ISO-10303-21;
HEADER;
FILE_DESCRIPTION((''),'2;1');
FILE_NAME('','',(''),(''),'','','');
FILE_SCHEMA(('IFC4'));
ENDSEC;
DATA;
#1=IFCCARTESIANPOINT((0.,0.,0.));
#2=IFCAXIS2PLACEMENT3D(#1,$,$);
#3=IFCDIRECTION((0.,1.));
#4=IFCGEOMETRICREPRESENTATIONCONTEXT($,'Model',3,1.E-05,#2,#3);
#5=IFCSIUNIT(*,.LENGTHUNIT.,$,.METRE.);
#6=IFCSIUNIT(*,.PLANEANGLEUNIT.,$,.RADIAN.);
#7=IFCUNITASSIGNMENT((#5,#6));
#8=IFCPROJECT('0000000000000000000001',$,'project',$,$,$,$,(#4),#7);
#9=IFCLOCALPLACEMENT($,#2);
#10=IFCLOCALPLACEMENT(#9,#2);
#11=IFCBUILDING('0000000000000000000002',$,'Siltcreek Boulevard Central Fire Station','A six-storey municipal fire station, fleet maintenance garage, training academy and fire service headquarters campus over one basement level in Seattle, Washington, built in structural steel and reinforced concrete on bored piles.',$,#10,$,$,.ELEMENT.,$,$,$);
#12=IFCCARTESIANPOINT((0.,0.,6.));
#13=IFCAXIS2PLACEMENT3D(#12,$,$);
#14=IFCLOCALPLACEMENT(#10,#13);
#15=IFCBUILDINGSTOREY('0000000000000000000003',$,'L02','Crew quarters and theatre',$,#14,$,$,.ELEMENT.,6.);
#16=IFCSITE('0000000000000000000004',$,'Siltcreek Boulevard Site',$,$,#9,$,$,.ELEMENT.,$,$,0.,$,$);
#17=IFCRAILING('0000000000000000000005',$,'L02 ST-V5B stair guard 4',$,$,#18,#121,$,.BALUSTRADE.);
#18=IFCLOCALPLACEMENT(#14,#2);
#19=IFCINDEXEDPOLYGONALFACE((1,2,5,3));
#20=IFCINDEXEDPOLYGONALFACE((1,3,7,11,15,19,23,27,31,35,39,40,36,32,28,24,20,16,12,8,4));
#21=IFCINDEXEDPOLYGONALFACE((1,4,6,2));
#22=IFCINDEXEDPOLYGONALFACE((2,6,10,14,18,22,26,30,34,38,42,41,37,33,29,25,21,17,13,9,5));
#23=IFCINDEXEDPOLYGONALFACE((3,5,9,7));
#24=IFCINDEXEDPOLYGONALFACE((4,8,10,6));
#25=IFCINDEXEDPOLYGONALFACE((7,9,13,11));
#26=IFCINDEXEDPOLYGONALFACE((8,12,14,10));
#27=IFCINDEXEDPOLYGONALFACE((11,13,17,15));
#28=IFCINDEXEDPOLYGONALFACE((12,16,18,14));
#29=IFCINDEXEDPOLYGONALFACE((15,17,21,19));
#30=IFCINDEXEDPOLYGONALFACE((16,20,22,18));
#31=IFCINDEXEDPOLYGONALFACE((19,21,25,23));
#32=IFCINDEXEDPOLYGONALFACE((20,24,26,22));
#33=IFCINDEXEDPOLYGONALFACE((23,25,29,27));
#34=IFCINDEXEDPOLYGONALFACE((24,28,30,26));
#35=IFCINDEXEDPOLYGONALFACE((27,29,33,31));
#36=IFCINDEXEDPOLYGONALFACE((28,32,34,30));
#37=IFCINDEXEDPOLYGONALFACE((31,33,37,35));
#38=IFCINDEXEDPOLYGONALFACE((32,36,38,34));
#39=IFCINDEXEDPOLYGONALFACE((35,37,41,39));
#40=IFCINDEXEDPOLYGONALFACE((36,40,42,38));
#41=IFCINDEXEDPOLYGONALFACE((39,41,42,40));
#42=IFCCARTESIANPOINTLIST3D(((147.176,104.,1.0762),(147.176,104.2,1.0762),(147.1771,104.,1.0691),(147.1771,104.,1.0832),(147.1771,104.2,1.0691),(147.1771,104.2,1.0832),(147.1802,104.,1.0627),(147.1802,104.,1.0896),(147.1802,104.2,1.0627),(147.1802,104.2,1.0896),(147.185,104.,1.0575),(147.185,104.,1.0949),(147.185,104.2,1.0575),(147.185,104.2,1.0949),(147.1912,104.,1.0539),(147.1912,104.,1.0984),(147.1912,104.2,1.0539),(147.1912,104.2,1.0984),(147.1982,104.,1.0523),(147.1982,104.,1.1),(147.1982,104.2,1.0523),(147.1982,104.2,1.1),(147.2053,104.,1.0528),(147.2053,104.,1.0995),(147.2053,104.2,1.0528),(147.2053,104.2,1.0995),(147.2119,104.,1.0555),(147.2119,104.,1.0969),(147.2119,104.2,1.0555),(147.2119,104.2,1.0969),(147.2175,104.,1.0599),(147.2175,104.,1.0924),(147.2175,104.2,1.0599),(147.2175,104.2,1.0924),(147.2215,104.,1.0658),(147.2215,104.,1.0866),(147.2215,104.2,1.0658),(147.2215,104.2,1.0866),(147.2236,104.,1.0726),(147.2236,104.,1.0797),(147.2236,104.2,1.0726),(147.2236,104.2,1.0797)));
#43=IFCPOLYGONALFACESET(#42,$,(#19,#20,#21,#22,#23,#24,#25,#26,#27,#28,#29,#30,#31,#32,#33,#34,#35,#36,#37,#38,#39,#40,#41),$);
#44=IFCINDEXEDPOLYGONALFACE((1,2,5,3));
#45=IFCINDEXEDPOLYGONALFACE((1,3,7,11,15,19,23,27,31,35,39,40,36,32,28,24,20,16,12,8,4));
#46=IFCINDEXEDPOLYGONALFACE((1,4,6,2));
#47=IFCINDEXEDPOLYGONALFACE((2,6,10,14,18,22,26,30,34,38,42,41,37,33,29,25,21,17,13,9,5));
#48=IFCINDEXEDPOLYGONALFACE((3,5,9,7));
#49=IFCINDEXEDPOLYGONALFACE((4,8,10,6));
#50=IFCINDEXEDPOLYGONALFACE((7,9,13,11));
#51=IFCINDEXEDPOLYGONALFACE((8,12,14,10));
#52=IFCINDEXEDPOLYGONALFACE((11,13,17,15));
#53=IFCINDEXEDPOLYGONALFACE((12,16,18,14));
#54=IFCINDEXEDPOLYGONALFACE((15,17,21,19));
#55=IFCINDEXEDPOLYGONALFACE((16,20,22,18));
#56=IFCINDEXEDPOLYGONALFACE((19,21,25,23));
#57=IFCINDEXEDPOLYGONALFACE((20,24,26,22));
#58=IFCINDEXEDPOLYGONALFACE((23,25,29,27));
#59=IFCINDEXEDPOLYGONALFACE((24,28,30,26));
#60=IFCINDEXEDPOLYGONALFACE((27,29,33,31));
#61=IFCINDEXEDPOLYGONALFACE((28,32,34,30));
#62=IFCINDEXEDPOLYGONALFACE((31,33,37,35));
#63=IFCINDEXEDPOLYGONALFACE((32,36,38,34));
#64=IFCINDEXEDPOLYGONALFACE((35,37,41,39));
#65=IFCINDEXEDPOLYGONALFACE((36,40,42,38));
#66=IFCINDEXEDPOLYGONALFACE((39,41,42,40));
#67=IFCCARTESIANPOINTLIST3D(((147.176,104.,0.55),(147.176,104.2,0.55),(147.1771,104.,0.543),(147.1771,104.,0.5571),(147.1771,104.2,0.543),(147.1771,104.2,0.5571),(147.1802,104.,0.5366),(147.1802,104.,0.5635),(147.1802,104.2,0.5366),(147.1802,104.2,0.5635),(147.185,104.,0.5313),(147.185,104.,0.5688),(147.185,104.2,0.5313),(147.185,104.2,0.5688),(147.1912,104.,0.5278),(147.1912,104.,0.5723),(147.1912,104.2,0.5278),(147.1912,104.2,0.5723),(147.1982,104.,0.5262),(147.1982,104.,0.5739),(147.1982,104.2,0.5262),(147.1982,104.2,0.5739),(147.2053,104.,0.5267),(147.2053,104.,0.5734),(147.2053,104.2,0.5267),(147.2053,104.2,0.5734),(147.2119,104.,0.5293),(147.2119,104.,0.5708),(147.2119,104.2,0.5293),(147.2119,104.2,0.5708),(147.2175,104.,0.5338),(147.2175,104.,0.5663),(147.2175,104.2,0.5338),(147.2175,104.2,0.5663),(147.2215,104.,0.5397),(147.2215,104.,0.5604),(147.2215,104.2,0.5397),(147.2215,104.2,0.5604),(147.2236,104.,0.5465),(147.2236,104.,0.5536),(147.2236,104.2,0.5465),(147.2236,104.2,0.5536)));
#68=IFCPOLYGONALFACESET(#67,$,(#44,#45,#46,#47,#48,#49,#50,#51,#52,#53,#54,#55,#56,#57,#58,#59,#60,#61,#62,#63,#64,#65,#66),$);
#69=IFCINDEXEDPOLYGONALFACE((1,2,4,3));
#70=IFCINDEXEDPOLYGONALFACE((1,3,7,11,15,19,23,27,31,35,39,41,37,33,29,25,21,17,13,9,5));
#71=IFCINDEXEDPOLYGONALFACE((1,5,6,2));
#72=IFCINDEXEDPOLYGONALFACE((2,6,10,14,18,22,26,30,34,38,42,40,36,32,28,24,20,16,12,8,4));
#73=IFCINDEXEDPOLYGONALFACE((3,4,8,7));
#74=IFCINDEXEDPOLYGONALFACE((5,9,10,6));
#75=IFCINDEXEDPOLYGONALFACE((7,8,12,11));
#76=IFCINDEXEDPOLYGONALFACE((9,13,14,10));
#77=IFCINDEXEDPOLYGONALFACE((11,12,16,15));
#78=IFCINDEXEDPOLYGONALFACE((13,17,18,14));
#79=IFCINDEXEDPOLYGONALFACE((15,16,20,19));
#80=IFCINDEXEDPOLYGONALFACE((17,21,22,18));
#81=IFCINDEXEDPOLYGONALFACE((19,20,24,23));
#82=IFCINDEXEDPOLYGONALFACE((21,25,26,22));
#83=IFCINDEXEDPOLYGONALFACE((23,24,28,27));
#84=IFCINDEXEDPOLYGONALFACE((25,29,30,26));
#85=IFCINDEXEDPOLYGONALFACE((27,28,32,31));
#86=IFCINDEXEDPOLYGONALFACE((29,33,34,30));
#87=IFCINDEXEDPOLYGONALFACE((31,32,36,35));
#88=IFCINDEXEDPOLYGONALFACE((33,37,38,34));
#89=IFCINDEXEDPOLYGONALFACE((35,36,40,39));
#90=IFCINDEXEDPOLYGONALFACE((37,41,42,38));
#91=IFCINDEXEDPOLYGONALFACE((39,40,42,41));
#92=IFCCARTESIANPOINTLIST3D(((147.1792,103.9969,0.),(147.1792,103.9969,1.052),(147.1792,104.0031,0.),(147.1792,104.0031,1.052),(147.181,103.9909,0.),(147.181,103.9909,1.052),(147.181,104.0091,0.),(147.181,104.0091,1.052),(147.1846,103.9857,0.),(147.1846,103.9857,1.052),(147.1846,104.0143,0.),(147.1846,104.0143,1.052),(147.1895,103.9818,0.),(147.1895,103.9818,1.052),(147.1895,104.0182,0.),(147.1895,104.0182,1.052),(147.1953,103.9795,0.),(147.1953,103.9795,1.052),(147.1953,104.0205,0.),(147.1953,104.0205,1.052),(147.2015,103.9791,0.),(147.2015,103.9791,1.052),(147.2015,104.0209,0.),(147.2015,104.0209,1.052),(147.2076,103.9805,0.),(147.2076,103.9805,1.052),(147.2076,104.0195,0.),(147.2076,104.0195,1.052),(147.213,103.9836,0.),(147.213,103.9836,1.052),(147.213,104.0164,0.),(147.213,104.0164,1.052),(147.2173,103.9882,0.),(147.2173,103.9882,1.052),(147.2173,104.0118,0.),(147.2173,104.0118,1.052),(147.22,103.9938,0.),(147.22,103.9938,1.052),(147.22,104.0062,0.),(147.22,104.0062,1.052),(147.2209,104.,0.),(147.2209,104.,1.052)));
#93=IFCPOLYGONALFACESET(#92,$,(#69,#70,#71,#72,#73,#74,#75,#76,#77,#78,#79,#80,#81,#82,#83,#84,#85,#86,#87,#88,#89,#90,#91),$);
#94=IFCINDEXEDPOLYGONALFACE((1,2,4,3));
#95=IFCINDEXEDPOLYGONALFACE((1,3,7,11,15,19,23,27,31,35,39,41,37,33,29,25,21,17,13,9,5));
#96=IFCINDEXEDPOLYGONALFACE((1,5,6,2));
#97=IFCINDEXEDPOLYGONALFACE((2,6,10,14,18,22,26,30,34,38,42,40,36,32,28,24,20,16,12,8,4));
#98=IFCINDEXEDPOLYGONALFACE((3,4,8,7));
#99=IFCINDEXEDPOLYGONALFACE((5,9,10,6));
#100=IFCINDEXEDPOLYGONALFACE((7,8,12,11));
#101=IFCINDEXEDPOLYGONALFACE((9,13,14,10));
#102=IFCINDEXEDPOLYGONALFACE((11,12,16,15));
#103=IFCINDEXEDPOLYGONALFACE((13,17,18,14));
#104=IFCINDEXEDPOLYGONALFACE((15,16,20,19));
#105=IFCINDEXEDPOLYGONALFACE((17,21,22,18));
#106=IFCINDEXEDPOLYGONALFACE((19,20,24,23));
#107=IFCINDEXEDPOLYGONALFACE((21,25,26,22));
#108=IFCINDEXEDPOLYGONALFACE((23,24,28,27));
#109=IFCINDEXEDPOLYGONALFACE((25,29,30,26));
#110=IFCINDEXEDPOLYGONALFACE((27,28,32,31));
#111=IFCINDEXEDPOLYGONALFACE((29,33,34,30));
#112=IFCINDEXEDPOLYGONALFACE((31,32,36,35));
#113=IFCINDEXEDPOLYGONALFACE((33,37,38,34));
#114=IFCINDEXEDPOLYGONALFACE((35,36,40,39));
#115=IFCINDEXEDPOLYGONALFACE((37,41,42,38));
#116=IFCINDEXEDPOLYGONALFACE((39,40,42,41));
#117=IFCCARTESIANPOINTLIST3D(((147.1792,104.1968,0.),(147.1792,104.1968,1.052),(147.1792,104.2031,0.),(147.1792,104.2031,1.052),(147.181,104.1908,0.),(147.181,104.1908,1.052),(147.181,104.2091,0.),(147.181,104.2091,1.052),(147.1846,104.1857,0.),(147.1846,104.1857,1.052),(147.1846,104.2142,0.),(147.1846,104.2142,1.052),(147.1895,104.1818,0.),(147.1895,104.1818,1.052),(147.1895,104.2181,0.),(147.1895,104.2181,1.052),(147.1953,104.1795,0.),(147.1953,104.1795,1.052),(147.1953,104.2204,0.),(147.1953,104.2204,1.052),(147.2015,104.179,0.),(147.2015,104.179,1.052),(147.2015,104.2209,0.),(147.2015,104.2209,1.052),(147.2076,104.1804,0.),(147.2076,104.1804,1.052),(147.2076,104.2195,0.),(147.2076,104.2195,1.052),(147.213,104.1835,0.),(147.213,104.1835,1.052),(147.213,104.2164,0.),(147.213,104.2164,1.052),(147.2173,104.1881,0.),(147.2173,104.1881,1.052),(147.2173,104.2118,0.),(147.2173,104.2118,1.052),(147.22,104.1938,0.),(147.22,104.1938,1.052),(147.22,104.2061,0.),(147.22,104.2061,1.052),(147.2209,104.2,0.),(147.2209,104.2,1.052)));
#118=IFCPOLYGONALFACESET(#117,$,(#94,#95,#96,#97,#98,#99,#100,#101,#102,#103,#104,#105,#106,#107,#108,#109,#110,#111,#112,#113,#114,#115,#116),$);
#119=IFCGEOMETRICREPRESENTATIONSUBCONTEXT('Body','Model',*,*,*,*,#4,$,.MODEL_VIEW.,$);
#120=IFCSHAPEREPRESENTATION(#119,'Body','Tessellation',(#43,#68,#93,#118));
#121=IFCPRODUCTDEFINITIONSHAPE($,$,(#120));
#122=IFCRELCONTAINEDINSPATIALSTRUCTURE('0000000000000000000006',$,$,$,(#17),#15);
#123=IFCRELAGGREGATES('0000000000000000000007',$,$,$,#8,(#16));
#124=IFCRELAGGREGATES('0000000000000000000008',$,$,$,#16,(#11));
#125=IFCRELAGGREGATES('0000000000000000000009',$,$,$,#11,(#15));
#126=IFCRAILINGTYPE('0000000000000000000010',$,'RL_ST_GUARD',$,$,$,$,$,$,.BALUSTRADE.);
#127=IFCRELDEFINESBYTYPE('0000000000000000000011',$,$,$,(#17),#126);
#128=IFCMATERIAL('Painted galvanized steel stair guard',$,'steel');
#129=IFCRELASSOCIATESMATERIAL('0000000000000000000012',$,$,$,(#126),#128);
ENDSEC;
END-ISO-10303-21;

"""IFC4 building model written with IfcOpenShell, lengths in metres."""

from ifc_helpers import new_model, si_unit, direction, frame, origin, origin_2d, place, context, subcontext, project, spatial, circle, extrude, material, type_object, element, save


model = new_model("IFC4")

# Units and contexts
model_context = context("Model", 3, precision=1e-05, world=origin(), true_north=direction((0.0, 1.0)))
body_context = subcontext(model_context, "Body", "Model", "MODEL_VIEW")
ifc_project = project(units=[si_unit("LENGTHUNIT", "METRE"), si_unit("PLANEANGLEUNIT", "RADIAN")], contexts=[model_context])

# Site, building, storey
site_placement = place(None, origin())
site = spatial("IfcSite", under=ifc_project, at=site_placement, Name="Siltcreek Boulevard Site", CompositionType="ELEMENT", RefElevation=0.0)
building_placement = place(site_placement, origin())
building = spatial("IfcBuilding", under=site, at=building_placement, Name="Siltcreek Boulevard Central Fire Station", Description="A six-storey municipal fire station, fleet maintenance garage, training academy and fire service headquarters campus over one basement level in Seattle, Washington, built in structural steel and reinforced concrete on bored piles.", CompositionType="ELEMENT")
storey_placement = place(building_placement, frame((0.0, 0.0, 6.0)))
storey = spatial("IfcBuildingStorey", under=building, at=storey_placement, Name="L02", Description="Crew quarters and theatre", CompositionType="ELEMENT", Elevation=6.0)

# Railing
ifc_material_1 = material(Name="Painted galvanized steel stair guard", Category="steel")
railing_type_1 = type_object("IfcRailingType", Name="RL_ST_GUARD", PredefinedType="BALUSTRADE", material=ifc_material_1)
railing_1_placement = place(storey_placement, frame((147.2, 104.0, 0.0)))
element("IfcRailing", 1, at=railing_1_placement, inside=storey, type_object=railing_type_1, Name="L02 ST-V5B stair guard 4", PredefinedType="BALUSTRADE", context=body_context, shape_type="SweptSolid", body=[
    extrude(circle(Radius=0.0239, at=origin_2d()), frame((0.0, 0.0, 1.0762), z_axis=(0.0, 1.0, 0.0), x_axis=(-1.0, 0.0, 0.0)), (0.0, 0.0, 1.0), 0.2),
    extrude(circle(Radius=0.0239, at=origin_2d()), frame((0.0, 0.0, 0.55), z_axis=(0.0, 1.0, 0.0), x_axis=(-1.0, 0.0, 0.0)), (0.0, 0.0, 1.0), 0.2),
    extrude(circle(Radius=0.021, at=origin_2d()), origin(), (0.0, 0.0, 1.0), 1.052),
    extrude(circle(Radius=0.021, at=origin_2d()), frame((0.0, 0.2, 0.0)), (0.0, 0.0, 1.0), 1.052),
])

save(model, "model.ifc")
